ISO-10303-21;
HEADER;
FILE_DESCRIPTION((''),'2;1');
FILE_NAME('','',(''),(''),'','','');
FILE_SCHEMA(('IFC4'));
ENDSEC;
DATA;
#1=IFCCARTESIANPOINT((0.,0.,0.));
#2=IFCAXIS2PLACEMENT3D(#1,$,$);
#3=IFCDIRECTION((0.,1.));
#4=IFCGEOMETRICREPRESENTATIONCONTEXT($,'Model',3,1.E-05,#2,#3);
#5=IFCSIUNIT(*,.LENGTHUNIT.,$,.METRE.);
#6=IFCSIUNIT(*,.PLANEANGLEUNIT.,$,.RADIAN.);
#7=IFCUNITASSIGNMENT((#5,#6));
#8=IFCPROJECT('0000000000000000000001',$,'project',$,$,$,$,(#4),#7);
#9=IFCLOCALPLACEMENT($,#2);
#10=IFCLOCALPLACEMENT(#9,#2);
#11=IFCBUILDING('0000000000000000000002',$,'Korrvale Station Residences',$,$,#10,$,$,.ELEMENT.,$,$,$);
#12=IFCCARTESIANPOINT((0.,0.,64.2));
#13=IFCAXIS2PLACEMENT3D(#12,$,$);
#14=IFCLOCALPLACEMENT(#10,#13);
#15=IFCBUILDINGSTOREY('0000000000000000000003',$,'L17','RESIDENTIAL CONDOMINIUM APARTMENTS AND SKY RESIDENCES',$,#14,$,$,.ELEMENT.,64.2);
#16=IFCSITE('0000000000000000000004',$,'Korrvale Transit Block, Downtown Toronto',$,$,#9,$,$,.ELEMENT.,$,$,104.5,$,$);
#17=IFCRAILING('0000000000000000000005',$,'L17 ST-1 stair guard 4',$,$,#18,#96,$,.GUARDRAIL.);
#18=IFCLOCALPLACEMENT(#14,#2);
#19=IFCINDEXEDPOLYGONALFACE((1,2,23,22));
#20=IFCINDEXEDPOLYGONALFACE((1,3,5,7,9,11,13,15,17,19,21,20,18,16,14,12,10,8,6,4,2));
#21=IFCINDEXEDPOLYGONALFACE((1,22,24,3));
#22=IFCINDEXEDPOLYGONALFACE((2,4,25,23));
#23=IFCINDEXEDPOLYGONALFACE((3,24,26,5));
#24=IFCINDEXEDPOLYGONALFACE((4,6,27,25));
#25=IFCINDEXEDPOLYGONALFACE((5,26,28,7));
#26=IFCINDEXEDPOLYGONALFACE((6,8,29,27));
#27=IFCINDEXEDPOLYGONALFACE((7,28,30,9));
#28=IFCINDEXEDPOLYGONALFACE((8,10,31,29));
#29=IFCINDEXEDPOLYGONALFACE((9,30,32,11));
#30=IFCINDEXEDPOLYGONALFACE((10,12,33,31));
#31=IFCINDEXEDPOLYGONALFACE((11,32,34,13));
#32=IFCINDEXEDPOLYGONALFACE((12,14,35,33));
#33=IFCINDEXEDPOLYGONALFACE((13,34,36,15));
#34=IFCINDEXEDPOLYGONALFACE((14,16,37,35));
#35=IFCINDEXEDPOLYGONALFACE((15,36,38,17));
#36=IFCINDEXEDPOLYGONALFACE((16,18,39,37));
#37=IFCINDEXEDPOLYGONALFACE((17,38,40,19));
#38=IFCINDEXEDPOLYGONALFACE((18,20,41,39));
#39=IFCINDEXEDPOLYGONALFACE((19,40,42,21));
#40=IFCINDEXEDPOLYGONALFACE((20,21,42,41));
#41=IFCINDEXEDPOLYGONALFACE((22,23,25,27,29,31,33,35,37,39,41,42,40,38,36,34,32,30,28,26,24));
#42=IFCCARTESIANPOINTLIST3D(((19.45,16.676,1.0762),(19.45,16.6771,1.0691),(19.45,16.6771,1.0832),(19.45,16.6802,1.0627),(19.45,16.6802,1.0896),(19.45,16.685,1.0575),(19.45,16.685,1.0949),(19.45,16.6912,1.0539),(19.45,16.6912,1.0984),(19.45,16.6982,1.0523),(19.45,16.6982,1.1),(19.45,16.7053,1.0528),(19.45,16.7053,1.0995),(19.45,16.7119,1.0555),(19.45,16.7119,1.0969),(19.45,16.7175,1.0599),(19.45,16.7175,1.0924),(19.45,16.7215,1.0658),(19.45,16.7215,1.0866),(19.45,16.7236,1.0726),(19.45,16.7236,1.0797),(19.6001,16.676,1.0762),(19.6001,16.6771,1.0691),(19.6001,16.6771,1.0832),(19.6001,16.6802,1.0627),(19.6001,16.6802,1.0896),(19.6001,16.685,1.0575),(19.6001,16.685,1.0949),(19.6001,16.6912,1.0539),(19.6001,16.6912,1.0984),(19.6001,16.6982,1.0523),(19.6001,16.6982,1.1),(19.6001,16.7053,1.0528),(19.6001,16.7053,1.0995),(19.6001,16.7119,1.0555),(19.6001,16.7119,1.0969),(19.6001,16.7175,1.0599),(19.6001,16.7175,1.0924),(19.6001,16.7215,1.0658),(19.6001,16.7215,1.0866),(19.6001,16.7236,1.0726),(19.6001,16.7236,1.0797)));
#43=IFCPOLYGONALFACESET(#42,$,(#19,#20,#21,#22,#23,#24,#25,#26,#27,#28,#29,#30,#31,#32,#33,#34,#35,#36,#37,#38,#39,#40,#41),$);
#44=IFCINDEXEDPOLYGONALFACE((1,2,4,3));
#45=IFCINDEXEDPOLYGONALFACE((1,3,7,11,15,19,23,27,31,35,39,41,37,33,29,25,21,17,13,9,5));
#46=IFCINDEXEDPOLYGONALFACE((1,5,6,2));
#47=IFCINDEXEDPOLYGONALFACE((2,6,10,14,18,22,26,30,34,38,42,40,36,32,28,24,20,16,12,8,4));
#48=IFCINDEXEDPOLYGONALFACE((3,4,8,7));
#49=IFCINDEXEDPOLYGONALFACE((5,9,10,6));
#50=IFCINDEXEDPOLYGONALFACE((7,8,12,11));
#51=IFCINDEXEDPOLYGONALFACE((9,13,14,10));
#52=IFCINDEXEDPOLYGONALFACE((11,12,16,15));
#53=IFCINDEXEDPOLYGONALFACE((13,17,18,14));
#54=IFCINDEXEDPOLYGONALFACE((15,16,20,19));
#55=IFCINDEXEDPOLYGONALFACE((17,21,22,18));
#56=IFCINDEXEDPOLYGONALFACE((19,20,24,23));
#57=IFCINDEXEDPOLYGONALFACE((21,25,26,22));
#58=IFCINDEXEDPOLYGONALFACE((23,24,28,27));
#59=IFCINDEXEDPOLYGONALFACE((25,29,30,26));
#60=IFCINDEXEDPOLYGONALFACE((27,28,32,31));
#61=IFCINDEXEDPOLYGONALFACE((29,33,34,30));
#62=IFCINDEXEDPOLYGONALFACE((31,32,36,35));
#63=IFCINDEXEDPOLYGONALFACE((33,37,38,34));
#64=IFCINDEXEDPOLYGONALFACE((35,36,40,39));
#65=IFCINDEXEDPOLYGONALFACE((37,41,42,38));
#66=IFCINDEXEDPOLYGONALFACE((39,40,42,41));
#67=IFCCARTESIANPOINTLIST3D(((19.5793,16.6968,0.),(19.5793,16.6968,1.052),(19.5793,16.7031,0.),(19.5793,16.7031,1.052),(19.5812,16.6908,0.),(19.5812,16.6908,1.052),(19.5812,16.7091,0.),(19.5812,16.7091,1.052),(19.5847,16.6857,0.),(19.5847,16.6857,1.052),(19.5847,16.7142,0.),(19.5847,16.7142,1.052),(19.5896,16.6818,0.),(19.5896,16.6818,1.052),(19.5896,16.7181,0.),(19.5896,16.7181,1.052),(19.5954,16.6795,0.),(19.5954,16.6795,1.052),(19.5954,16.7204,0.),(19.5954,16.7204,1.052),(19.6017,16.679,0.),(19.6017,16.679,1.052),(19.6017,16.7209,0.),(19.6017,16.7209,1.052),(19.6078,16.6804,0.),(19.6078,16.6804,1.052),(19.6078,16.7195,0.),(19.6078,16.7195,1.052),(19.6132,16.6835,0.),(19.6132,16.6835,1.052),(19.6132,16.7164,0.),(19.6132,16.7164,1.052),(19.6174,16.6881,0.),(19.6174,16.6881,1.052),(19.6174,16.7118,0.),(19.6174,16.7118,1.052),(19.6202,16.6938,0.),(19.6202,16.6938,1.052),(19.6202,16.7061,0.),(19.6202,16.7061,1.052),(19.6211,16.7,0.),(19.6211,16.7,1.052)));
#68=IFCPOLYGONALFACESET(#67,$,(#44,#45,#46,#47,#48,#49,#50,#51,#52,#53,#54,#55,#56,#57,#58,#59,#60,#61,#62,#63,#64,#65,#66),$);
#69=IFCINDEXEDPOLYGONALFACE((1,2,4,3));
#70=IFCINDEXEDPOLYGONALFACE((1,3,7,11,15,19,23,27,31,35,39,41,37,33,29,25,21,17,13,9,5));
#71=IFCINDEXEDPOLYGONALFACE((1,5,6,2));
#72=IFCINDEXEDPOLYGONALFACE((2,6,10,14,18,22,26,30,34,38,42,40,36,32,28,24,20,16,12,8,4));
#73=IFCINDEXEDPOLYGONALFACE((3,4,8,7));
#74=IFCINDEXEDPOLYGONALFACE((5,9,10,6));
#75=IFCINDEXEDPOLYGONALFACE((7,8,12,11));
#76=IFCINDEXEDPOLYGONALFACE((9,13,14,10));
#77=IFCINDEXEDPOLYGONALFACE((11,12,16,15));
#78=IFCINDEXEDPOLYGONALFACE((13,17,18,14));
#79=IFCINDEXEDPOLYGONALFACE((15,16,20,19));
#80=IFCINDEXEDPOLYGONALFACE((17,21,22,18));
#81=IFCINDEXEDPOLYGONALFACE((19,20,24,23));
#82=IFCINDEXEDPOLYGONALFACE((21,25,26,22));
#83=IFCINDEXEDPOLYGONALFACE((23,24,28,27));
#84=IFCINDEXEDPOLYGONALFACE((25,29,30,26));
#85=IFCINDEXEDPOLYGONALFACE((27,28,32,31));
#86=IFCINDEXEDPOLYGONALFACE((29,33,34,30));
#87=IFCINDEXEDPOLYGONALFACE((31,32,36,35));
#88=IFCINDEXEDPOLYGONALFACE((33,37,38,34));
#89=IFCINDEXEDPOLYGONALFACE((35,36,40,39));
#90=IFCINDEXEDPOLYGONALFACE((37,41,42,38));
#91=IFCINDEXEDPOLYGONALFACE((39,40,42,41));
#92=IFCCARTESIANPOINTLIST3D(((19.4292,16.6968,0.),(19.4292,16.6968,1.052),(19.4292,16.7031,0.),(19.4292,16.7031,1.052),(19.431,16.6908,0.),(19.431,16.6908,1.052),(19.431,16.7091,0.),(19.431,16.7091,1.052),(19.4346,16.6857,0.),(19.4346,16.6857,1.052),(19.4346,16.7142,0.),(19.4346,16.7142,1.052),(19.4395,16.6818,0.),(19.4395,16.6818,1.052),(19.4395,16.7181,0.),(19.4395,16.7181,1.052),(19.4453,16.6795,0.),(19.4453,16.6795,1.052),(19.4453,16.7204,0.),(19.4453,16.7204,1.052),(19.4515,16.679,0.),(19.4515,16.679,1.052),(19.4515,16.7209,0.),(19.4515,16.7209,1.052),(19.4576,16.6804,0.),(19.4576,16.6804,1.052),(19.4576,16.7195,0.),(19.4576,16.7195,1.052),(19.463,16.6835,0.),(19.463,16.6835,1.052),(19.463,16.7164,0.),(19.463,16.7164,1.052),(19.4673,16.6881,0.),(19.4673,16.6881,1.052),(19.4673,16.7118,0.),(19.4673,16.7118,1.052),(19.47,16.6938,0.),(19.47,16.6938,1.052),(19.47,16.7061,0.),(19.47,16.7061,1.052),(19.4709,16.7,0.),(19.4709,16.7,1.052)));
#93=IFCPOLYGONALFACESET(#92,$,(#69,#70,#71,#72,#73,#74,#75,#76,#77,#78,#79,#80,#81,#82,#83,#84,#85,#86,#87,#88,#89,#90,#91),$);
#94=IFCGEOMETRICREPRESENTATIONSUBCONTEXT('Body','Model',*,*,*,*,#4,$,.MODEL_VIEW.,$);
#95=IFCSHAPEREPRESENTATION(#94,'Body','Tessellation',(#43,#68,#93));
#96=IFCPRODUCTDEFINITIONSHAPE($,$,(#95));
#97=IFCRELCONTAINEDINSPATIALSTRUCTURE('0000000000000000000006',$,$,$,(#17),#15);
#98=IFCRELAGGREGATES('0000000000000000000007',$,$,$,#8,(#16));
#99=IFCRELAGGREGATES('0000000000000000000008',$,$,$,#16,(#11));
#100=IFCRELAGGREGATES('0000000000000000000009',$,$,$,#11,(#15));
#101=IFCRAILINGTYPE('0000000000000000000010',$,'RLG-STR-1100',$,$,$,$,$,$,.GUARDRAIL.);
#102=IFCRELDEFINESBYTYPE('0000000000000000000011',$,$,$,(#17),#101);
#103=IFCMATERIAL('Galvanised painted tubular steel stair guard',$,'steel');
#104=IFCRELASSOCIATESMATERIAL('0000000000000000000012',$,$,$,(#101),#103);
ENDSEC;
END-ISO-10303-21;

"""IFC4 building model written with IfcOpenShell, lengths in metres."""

from ifc_helpers import new_model, si_unit, direction, frame, origin, origin_2d, place, context, subcontext, project, spatial, circle, extrude, material, type_object, element, save


model = new_model("IFC4")

# Units and contexts
model_context = context("Model", 3, precision=1e-05, world=origin(), true_north=direction((0.0, 1.0)))
body_context = subcontext(model_context, "Body", "Model", "MODEL_VIEW")
ifc_project = project(units=[si_unit("LENGTHUNIT", "METRE"), si_unit("PLANEANGLEUNIT", "RADIAN")], contexts=[model_context])

# Site, building, storey
site_placement = place(None, origin())
site = spatial("IfcSite", under=ifc_project, at=site_placement, Name="Korrvale Transit Block, Downtown Toronto", CompositionType="ELEMENT", RefElevation=104.5)
building_placement = place(site_placement, origin())
building = spatial("IfcBuilding", under=site, at=building_placement, Name="Korrvale Station Residences", CompositionType="ELEMENT")
storey_placement = place(building_placement, frame((0.0, 0.0, 64.2)))
storey = spatial("IfcBuildingStorey", under=building, at=storey_placement, Name="L17", Description="RESIDENTIAL CONDOMINIUM APARTMENTS AND SKY RESIDENCES", CompositionType="ELEMENT", Elevation=64.2)

# Railing
ifc_material_1 = material(Name="Galvanised painted tubular steel stair guard", Category="steel")
railing_type_1 = type_object("IfcRailingType", Name="RLG-STR-1100", PredefinedType="GUARDRAIL", material=ifc_material_1)
railing_1_placement = place(storey_placement, frame((19.6001, 16.7, 0.0)))
element("IfcRailing", 1, at=railing_1_placement, inside=storey, type_object=railing_type_1, Name="L17 ST-1 stair guard 4", PredefinedType="GUARDRAIL", context=body_context, shape_type="SweptSolid", body=[
    extrude(circle(Radius=0.0239, at=origin_2d()), frame((0.0, 0.0, 1.0762), z_axis=(-1.0, 0.0, 0.0), x_axis=(0.0, -1.0, 0.0)), (0.0, 0.0, 1.0), 0.1501),
    extrude(circle(Radius=0.021, at=origin_2d()), origin(), (0.0, 0.0, 1.0), 1.052),
    extrude(circle(Radius=0.021, at=origin_2d()), frame((-0.1501, 0.0, 0.0)), (0.0, 0.0, 1.0), 1.052),
])

save(model, "model.ifc")
